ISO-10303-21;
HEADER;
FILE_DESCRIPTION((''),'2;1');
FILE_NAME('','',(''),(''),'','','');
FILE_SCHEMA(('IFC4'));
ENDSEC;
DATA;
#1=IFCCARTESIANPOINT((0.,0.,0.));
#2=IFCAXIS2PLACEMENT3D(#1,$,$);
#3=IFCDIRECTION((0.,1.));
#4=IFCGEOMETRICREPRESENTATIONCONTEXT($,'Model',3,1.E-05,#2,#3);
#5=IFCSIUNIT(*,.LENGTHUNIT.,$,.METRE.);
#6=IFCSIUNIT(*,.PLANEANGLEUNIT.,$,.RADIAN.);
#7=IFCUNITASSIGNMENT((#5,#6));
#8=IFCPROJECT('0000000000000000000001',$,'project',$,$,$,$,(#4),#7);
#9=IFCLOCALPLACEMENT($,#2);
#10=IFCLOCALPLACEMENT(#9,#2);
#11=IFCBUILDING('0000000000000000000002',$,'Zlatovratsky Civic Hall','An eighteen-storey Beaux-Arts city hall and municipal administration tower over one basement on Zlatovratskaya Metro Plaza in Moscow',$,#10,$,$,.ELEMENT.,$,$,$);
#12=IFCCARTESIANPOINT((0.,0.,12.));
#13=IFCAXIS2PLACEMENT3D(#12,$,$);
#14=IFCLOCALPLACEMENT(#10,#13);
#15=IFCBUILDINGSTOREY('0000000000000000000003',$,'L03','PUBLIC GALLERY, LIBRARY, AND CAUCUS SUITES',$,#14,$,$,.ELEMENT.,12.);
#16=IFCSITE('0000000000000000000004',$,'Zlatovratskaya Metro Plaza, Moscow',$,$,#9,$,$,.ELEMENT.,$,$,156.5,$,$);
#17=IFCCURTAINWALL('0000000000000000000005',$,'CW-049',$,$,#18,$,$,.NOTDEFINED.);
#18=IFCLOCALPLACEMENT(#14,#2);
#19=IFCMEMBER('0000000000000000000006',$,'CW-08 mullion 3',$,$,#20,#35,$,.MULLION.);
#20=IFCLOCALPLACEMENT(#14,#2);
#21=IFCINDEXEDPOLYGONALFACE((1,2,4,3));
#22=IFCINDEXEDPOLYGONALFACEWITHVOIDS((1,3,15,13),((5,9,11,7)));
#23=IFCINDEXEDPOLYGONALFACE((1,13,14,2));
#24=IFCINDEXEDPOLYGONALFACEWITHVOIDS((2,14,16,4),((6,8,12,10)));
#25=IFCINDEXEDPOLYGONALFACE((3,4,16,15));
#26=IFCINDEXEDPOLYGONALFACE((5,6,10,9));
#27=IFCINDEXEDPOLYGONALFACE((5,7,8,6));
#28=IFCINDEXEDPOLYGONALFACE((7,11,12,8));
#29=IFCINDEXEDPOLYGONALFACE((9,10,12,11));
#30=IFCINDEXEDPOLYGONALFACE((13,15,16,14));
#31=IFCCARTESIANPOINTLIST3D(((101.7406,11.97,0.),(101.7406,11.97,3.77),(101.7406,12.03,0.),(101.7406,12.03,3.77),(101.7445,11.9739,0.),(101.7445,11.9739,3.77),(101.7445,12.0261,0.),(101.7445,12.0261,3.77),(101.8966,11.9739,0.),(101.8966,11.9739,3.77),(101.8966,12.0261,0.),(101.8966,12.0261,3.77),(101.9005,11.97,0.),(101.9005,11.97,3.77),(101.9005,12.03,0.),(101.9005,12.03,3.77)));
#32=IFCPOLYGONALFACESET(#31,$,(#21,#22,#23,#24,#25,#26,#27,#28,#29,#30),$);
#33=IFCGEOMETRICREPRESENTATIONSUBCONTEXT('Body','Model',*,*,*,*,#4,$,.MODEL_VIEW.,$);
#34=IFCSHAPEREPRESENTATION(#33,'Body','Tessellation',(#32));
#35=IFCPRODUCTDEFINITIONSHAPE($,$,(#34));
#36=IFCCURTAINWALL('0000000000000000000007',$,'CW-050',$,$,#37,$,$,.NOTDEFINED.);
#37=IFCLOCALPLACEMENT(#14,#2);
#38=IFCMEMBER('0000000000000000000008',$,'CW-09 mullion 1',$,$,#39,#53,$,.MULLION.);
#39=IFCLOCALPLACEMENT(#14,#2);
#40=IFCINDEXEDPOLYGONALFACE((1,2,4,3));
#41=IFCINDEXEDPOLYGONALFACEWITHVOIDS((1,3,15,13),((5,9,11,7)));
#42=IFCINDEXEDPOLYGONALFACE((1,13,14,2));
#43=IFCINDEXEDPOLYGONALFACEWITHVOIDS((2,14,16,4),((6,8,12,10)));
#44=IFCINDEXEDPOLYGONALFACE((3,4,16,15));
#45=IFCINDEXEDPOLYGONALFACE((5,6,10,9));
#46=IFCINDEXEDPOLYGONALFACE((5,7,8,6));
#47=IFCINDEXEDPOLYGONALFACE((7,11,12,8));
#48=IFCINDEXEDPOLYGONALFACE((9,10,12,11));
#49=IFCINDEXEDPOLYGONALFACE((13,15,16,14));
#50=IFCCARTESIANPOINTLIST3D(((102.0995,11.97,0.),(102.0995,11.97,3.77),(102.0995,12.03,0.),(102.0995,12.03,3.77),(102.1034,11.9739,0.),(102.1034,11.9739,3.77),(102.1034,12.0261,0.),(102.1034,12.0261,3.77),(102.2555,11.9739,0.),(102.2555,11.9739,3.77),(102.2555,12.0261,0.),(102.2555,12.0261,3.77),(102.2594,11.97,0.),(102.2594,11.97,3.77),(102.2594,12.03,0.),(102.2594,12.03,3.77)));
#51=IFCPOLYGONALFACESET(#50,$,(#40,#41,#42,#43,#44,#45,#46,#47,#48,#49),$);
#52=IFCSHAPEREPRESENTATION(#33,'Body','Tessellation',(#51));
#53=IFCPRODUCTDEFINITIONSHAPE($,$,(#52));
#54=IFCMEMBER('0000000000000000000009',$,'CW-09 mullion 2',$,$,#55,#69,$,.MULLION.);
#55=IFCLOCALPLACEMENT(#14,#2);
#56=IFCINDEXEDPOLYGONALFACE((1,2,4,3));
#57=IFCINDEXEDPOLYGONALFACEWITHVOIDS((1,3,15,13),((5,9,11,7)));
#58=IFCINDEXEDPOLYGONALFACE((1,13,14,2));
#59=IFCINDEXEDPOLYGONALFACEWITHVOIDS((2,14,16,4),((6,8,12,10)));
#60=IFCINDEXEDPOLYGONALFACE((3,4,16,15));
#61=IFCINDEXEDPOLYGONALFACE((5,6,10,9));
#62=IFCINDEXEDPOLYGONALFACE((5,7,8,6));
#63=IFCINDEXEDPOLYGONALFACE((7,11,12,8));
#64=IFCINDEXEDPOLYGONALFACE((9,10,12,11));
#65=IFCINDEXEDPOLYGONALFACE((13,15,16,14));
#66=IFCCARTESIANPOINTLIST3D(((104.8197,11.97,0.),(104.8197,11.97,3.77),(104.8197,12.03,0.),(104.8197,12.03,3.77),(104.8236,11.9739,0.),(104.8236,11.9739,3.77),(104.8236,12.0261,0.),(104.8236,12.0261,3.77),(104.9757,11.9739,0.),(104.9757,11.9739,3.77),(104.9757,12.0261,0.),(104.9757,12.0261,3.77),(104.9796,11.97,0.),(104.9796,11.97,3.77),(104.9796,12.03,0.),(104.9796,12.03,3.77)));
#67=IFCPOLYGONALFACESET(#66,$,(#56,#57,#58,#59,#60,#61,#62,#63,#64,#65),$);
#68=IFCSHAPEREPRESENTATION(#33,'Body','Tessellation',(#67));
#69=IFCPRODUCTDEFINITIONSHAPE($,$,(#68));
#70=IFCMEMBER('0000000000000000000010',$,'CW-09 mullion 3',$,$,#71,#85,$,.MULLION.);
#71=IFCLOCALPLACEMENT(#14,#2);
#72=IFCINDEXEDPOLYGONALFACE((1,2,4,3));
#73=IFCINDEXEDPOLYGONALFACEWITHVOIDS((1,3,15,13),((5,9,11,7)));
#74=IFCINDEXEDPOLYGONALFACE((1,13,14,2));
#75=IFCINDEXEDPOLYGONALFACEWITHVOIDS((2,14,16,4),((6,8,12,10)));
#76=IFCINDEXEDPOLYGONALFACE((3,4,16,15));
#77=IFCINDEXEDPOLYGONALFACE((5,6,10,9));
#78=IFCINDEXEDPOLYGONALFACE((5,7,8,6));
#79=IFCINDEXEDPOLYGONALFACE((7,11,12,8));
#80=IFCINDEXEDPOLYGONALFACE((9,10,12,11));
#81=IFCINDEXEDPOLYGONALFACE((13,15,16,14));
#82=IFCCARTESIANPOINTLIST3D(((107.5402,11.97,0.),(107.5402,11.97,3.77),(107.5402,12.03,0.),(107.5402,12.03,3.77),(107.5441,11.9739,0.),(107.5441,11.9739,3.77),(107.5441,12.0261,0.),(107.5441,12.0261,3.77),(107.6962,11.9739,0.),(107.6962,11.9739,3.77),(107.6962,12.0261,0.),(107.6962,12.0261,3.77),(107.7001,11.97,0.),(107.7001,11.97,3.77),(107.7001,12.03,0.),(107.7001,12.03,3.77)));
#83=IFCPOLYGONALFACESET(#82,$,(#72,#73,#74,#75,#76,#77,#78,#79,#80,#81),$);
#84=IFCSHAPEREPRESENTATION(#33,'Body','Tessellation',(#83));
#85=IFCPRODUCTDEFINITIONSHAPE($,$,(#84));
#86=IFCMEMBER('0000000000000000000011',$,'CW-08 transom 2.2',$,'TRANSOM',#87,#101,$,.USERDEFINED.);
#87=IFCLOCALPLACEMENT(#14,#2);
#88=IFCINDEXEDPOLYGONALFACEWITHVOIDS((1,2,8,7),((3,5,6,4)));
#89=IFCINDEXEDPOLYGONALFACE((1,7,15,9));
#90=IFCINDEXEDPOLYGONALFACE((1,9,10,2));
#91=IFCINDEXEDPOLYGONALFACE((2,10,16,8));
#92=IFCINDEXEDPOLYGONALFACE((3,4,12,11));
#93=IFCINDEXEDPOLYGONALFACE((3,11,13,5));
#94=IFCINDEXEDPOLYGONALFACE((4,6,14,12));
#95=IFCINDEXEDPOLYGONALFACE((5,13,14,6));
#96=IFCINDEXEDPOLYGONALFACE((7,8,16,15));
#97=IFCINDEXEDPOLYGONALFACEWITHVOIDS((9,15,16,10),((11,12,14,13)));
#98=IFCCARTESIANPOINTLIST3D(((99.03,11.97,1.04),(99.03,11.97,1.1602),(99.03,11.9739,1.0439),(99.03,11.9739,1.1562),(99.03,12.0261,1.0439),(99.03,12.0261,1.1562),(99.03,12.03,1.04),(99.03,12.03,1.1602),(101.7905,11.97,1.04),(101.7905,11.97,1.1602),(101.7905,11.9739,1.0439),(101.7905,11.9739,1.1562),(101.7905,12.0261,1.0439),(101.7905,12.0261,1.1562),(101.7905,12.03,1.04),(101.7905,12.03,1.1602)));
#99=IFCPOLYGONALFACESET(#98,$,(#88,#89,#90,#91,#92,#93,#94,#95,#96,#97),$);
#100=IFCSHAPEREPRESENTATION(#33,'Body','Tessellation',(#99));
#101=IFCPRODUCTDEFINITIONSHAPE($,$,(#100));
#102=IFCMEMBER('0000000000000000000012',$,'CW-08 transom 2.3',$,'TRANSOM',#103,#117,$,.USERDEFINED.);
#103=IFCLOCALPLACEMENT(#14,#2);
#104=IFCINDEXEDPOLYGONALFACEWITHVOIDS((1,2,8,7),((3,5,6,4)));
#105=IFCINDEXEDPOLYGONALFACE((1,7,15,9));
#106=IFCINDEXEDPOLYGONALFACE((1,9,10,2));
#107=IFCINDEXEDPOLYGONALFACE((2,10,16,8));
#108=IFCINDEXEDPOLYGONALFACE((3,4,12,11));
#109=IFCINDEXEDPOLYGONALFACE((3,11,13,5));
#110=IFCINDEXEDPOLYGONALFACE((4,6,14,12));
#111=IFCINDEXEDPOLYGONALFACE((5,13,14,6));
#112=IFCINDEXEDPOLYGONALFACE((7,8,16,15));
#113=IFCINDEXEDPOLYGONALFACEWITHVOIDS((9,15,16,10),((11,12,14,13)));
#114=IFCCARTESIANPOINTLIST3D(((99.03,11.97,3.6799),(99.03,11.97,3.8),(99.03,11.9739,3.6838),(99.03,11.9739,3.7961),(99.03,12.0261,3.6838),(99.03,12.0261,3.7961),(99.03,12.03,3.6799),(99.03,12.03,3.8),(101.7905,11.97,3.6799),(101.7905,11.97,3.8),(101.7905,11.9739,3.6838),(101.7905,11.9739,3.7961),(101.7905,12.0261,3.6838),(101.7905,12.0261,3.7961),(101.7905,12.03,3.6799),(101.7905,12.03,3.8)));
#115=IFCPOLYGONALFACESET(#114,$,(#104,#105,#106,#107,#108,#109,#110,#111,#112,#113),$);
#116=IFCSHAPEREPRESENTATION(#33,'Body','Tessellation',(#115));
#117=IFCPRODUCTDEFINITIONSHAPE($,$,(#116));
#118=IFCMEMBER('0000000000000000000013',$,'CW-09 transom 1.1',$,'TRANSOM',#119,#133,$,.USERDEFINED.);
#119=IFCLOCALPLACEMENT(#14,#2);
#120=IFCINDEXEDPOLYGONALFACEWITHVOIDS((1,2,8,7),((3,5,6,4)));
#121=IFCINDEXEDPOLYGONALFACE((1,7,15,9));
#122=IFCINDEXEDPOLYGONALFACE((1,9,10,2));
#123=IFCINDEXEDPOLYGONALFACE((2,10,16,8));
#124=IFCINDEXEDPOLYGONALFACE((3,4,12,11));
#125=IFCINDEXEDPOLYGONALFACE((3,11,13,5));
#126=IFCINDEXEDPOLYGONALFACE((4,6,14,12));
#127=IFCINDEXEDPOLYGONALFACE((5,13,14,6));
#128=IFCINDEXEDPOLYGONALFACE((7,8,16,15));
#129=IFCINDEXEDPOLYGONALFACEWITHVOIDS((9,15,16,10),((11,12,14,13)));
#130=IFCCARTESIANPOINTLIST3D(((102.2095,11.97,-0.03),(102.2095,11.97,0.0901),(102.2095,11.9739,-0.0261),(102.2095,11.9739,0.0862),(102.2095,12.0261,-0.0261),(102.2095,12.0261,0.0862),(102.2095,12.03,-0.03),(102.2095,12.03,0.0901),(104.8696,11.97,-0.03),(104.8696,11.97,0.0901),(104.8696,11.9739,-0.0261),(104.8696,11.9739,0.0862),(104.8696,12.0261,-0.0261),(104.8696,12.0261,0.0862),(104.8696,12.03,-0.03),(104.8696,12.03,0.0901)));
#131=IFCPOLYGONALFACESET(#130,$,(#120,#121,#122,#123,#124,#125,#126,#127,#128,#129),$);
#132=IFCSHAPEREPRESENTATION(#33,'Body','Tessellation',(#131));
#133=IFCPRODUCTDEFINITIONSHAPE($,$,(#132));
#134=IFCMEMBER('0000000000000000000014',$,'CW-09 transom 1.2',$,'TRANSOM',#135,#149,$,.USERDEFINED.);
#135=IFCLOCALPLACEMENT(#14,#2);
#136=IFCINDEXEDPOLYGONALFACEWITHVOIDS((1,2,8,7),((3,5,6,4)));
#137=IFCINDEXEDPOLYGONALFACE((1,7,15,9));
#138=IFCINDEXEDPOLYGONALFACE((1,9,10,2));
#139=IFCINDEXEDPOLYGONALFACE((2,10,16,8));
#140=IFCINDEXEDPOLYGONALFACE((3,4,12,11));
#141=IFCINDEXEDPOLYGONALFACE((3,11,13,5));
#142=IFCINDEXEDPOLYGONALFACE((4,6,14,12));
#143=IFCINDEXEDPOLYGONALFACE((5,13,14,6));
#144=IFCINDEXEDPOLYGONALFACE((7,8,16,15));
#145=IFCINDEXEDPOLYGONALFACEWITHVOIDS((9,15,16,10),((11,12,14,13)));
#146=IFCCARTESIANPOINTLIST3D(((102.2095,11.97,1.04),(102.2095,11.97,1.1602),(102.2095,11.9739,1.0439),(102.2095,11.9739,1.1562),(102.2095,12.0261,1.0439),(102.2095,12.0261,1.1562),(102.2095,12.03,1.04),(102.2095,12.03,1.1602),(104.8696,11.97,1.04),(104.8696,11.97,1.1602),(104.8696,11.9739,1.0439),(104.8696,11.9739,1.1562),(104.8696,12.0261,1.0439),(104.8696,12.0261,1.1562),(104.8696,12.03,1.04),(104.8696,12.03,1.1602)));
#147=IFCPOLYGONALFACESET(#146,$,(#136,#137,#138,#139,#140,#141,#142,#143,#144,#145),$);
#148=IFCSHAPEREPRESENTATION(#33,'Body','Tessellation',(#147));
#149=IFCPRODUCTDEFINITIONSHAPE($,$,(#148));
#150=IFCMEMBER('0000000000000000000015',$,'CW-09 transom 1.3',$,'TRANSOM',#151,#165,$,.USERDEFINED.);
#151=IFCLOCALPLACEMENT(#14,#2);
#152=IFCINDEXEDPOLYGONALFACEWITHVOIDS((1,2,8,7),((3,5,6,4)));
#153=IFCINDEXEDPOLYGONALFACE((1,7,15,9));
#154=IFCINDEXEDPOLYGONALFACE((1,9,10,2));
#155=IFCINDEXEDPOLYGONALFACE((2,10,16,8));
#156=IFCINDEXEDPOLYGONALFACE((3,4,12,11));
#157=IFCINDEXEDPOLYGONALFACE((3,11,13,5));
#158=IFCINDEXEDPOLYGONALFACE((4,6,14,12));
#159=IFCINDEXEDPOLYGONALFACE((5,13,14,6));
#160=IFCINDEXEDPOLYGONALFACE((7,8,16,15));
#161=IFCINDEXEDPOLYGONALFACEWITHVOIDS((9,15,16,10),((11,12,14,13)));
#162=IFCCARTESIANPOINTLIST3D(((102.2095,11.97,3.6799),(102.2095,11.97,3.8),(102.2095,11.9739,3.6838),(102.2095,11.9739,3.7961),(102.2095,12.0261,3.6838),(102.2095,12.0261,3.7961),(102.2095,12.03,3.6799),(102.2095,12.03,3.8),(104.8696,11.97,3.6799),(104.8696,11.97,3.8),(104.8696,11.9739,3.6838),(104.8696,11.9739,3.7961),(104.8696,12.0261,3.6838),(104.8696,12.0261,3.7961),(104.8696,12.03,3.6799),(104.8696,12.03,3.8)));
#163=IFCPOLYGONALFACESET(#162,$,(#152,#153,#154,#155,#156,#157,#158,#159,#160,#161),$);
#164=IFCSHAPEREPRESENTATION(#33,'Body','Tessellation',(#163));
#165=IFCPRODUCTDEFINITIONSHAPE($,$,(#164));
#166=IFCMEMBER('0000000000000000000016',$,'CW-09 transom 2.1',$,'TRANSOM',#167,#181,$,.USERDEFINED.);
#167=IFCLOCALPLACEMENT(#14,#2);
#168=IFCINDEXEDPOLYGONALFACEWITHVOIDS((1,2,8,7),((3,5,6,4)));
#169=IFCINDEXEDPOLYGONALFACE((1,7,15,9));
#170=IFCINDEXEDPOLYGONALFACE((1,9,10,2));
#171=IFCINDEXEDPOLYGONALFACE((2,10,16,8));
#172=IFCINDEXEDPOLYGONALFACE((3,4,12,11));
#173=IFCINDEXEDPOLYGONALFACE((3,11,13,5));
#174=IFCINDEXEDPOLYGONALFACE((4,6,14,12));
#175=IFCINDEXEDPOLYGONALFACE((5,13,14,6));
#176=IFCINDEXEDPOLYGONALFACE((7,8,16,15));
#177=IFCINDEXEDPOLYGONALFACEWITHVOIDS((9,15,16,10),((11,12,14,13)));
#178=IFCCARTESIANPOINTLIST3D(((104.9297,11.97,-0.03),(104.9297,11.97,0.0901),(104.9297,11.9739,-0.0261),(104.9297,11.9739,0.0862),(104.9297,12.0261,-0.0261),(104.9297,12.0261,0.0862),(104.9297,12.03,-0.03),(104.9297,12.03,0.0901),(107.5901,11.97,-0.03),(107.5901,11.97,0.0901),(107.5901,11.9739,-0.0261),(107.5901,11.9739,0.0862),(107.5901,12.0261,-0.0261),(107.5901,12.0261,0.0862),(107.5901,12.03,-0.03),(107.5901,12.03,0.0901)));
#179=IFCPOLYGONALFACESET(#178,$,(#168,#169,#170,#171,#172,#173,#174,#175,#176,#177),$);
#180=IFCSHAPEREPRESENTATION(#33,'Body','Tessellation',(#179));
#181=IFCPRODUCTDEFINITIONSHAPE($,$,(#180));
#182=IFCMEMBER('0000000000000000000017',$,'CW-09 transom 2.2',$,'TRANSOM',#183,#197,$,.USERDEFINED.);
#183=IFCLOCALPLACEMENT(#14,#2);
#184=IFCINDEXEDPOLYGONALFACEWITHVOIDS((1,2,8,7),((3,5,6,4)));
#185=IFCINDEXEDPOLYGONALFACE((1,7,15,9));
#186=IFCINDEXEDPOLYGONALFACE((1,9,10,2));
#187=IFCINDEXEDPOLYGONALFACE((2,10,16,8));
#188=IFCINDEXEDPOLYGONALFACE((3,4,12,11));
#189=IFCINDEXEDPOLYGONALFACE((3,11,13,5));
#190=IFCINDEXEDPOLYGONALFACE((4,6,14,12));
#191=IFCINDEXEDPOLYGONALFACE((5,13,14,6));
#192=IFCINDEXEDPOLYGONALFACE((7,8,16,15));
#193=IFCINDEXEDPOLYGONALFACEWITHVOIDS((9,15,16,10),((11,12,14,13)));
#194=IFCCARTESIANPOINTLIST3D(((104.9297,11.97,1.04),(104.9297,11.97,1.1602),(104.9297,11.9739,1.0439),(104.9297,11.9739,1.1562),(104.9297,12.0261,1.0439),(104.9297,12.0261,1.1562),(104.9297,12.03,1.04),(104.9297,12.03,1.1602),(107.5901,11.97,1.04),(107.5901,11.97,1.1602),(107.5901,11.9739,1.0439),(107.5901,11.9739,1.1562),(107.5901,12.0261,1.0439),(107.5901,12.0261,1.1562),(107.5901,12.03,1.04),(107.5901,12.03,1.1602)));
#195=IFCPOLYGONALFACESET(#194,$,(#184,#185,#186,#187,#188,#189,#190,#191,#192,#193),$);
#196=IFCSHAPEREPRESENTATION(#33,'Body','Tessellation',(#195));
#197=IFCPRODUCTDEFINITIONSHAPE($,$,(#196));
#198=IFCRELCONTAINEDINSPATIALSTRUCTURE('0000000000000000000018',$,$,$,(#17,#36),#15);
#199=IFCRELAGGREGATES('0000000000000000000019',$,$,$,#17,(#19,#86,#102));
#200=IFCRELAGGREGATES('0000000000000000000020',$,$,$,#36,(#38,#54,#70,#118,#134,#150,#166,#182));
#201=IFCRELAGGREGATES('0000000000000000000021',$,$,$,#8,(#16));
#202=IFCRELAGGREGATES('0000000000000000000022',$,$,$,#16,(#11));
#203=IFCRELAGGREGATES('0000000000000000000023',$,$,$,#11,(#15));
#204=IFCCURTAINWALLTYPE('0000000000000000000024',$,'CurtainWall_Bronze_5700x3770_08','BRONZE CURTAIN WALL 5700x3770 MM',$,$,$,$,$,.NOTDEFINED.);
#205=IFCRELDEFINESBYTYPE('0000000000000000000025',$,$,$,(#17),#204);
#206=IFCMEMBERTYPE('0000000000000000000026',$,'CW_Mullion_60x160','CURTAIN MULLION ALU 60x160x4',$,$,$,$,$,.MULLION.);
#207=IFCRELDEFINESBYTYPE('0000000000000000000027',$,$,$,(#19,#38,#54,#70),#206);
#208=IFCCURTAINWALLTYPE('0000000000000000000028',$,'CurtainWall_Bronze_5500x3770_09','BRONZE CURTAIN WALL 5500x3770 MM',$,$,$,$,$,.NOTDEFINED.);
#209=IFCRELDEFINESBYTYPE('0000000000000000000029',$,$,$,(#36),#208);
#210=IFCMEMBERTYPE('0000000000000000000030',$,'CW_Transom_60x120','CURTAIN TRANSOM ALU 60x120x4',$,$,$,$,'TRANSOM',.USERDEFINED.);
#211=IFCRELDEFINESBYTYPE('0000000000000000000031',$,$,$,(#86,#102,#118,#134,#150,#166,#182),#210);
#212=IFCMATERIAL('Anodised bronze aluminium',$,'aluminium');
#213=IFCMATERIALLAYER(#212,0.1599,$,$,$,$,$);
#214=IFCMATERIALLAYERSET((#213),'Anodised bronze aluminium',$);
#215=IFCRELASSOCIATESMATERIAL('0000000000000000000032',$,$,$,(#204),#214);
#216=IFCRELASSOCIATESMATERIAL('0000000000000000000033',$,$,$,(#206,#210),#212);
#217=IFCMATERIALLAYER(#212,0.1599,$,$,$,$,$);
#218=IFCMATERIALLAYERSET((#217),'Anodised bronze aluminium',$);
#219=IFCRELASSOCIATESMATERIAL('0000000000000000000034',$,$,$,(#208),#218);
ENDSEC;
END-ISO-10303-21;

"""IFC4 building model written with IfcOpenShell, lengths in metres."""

from ifc_helpers import new_model, si_unit, direction, frame, origin, origin_2d, place, context, subcontext, project, spatial, hollow_rectangle, extrude, material, layer, layer_set, material_profile, profile_set, type_object, element, aggregate, save


model = new_model("IFC4")

# Units and contexts
model_context = context("Model", 3, precision=1e-05, world=origin(), true_north=direction((0.0, 1.0)))
body_context = subcontext(model_context, "Body", "Model", "MODEL_VIEW")
ifc_project = project(units=[si_unit("LENGTHUNIT", "METRE"), si_unit("PLANEANGLEUNIT", "RADIAN")], contexts=[model_context])

# Site, building, storey
site_placement = place(None, origin())
site = spatial("IfcSite", under=ifc_project, at=site_placement, Name="Zlatovratskaya Metro Plaza, Moscow", CompositionType="ELEMENT", RefElevation=156.5)
building_placement = place(site_placement, origin())
building = spatial("IfcBuilding", under=site, at=building_placement, Name="Zlatovratsky Civic Hall", Description="An eighteen-storey Beaux-Arts city hall and municipal administration tower over one basement on Zlatovratskaya Metro Plaza in Moscow", CompositionType="ELEMENT")
storey_placement = place(building_placement, frame((0.0, 0.0, 12.0)))
storey = spatial("IfcBuildingStorey", under=building, at=storey_placement, Name="L03", Description="PUBLIC GALLERY, LIBRARY, AND CAUCUS SUITES", CompositionType="ELEMENT", Elevation=12.0)

# Curtain wall, member
ifc_material_1 = material(Name="Anodised bronze aluminium", Category="aluminium")
ifc_layer_1 = layer(ifc_material_1, 0.1599)
ifc_layer_set_1 = layer_set([ifc_layer_1], Name="Anodised bronze aluminium")
curtain_wall_type_1 = type_object("IfcCurtainWallType", Name="CurtainWall_Bronze_5700x3770_08", Description="BRONZE CURTAIN WALL 5700x3770 MM", PredefinedType="NOTDEFINED", material=ifc_layer_set_1)
curtain_wall_1_placement = place(storey_placement, origin())
curtain_wall_1 = element("IfcCurtainWall", 1, at=curtain_wall_1_placement, inside=storey, type_object=curtain_wall_type_1, Name="CW-049", PredefinedType="NOTDEFINED")
ifc_material_profile_1 = material_profile(ifc_material_1, hollow_rectangle(XDim=0.0601, YDim=0.1599, WallThickness=0.0039, at=origin_2d()), Name="ALU 60x160x4")
ifc_profile_set_1 = profile_set([ifc_material_profile_1], Name="Anodised bronze aluminium")
member_type_1 = type_object("IfcMemberType", Name="CW_Mullion_60x160", Description="CURTAIN MULLION ALU 60x160x4", PredefinedType="MULLION", material=ifc_profile_set_1)
member_1_placement = place(storey_placement, frame((101.8206, 12.0, 0.0), z_axis=(0.0, 0.0, 1.0), x_axis=(0.0, 1.0, 0.0)))
member_1 = element("IfcMember", 2, at=member_1_placement, type_object=member_type_1, Name="CW-08 mullion 3", PredefinedType="MULLION", context=body_context, shape_type="SweptSolid", body=[
    extrude(hollow_rectangle(XDim=0.0601, YDim=0.1599, WallThickness=0.0039, at=origin_2d()), origin(), (0.0, 0.0, 1.0), 3.77),
])

# Curtain wall, members
ifc_layer_2 = layer(ifc_material_1, 0.1599)
ifc_layer_set_2 = layer_set([ifc_layer_2], Name="Anodised bronze aluminium")
curtain_wall_type_2 = type_object("IfcCurtainWallType", Name="CurtainWall_Bronze_5500x3770_09", Description="BRONZE CURTAIN WALL 5500x3770 MM", PredefinedType="NOTDEFINED", material=ifc_layer_set_2)
curtain_wall_2_placement = place(storey_placement, origin())
curtain_wall_2 = element("IfcCurtainWall", 3, at=curtain_wall_2_placement, inside=storey, type_object=curtain_wall_type_2, Name="CW-050", PredefinedType="NOTDEFINED")
member_2_placement = place(storey_placement, frame((102.1794, 12.0, 0.0), z_axis=(0.0, 0.0, 1.0), x_axis=(0.0, 1.0, 0.0)))
member_2 = element("IfcMember", 4, at=member_2_placement, type_object=member_type_1, Name="CW-09 mullion 1", PredefinedType="MULLION", context=body_context, shape_type="SweptSolid", body=[
    extrude(hollow_rectangle(XDim=0.0601, YDim=0.1599, WallThickness=0.0039, at=origin_2d()), origin(), (0.0, 0.0, 1.0), 3.77),
])
member_3_placement = place(storey_placement, frame((104.8997, 12.0, 0.0), z_axis=(0.0, 0.0, 1.0), x_axis=(0.0, 1.0, 0.0)))
member_3 = element("IfcMember", 5, at=member_3_placement, type_object=member_type_1, Name="CW-09 mullion 2", PredefinedType="MULLION", context=body_context, shape_type="SweptSolid", body=[
    extrude(hollow_rectangle(XDim=0.0601, YDim=0.1599, WallThickness=0.0039, at=origin_2d()), origin(), (0.0, 0.0, 1.0), 3.77),
])
member_4_placement = place(storey_placement, frame((107.6201, 12.0, 0.0), z_axis=(0.0, 0.0, 1.0), x_axis=(0.0, 1.0, 0.0)))
member_4 = element("IfcMember", 6, at=member_4_placement, type_object=member_type_1, Name="CW-09 mullion 3", PredefinedType="MULLION", context=body_context, shape_type="SweptSolid", body=[
    extrude(hollow_rectangle(XDim=0.0601, YDim=0.1599, WallThickness=0.0039, at=origin_2d()), origin(), (0.0, 0.0, 1.0), 3.77),
])

# Members
ifc_material_profile_2 = material_profile(ifc_material_1, hollow_rectangle(XDim=0.0601, YDim=0.1201, WallThickness=0.0039, at=origin_2d()), Name="ALU 60x120x4")
ifc_profile_set_2 = profile_set([ifc_material_profile_2], Name="Anodised bronze aluminium")
member_type_2 = type_object("IfcMemberType", Name="CW_Transom_60x120", Description="CURTAIN TRANSOM ALU 60x120x4", ElementType="TRANSOM", PredefinedType="USERDEFINED", material=ifc_profile_set_2)
member_5_placement = place(storey_placement, frame((99.03, 12.0, 1.1001), z_axis=(1.0, 0.0, 0.0), x_axis=(0.0, 1.0, 0.0)))
member_5 = element("IfcMember", 7, at=member_5_placement, type_object=member_type_2, Name="CW-08 transom 2.2", ObjectType="TRANSOM", PredefinedType="USERDEFINED", context=body_context, shape_type="SweptSolid", body=[
    extrude(hollow_rectangle(XDim=0.0601, YDim=0.1201, WallThickness=0.0039, at=origin_2d()), origin(), (0.0, 0.0, 1.0), 2.7605),
])
member_6_placement = place(storey_placement, frame((99.03, 12.0, 3.74), z_axis=(1.0, 0.0, 0.0), x_axis=(0.0, 1.0, 0.0)))
member_6 = element("IfcMember", 8, at=member_6_placement, type_object=member_type_2, Name="CW-08 transom 2.3", ObjectType="TRANSOM", PredefinedType="USERDEFINED", context=body_context, shape_type="SweptSolid", body=[
    extrude(hollow_rectangle(XDim=0.0601, YDim=0.1201, WallThickness=0.0039, at=origin_2d()), origin(), (0.0, 0.0, 1.0), 2.7605),
])
member_7_placement = place(storey_placement, frame((102.2095, 12.0, 0.03), z_axis=(1.0, 0.0, 0.0), x_axis=(0.0, 1.0, 0.0)))
member_7 = element("IfcMember", 9, at=member_7_placement, type_object=member_type_2, Name="CW-09 transom 1.1", ObjectType="TRANSOM", PredefinedType="USERDEFINED", context=body_context, shape_type="SweptSolid", body=[
    extrude(hollow_rectangle(XDim=0.0601, YDim=0.1201, WallThickness=0.0039, at=origin_2d()), origin(), (0.0, 0.0, 1.0), 2.6602),
])
member_8_placement = place(storey_placement, frame((102.2095, 12.0, 1.1001), z_axis=(1.0, 0.0, 0.0), x_axis=(0.0, 1.0, 0.0)))
member_8 = element("IfcMember", 10, at=member_8_placement, type_object=member_type_2, Name="CW-09 transom 1.2", ObjectType="TRANSOM", PredefinedType="USERDEFINED", context=body_context, shape_type="SweptSolid", body=[
    extrude(hollow_rectangle(XDim=0.0601, YDim=0.1201, WallThickness=0.0039, at=origin_2d()), origin(), (0.0, 0.0, 1.0), 2.6602),
])
member_9_placement = place(storey_placement, frame((102.2095, 12.0, 3.74), z_axis=(1.0, 0.0, 0.0), x_axis=(0.0, 1.0, 0.0)))
member_9 = element("IfcMember", 11, at=member_9_placement, type_object=member_type_2, Name="CW-09 transom 1.3", ObjectType="TRANSOM", PredefinedType="USERDEFINED", context=body_context, shape_type="SweptSolid", body=[
    extrude(hollow_rectangle(XDim=0.0601, YDim=0.1201, WallThickness=0.0039, at=origin_2d()), origin(), (0.0, 0.0, 1.0), 2.6602),
])
member_10_placement = place(storey_placement, frame((104.9297, 12.0, 0.03), z_axis=(1.0, 0.0, 0.0), x_axis=(0.0, 1.0, 0.0)))
member_10 = element("IfcMember", 12, at=member_10_placement, type_object=member_type_2, Name="CW-09 transom 2.1", ObjectType="TRANSOM", PredefinedType="USERDEFINED", context=body_context, shape_type="SweptSolid", body=[
    extrude(hollow_rectangle(XDim=0.0601, YDim=0.1201, WallThickness=0.0039, at=origin_2d()), origin(), (0.0, 0.0, 1.0), 2.6604),
])
member_11_placement = place(storey_placement, frame((104.9297, 12.0, 1.1001), z_axis=(1.0, 0.0, 0.0), x_axis=(0.0, 1.0, 0.0)))
member_11 = element("IfcMember", 13, at=member_11_placement, type_object=member_type_2, Name="CW-09 transom 2.2", ObjectType="TRANSOM", PredefinedType="USERDEFINED", context=body_context, shape_type="SweptSolid", body=[
    extrude(hollow_rectangle(XDim=0.0601, YDim=0.1201, WallThickness=0.0039, at=origin_2d()), origin(), (0.0, 0.0, 1.0), 2.6604),
])

aggregate(curtain_wall_1, [member_1, member_5, member_6])
aggregate(curtain_wall_2, [member_2, member_3, member_4, member_7, member_8, member_9, member_10, member_11])

save(model, "model.ifc")
